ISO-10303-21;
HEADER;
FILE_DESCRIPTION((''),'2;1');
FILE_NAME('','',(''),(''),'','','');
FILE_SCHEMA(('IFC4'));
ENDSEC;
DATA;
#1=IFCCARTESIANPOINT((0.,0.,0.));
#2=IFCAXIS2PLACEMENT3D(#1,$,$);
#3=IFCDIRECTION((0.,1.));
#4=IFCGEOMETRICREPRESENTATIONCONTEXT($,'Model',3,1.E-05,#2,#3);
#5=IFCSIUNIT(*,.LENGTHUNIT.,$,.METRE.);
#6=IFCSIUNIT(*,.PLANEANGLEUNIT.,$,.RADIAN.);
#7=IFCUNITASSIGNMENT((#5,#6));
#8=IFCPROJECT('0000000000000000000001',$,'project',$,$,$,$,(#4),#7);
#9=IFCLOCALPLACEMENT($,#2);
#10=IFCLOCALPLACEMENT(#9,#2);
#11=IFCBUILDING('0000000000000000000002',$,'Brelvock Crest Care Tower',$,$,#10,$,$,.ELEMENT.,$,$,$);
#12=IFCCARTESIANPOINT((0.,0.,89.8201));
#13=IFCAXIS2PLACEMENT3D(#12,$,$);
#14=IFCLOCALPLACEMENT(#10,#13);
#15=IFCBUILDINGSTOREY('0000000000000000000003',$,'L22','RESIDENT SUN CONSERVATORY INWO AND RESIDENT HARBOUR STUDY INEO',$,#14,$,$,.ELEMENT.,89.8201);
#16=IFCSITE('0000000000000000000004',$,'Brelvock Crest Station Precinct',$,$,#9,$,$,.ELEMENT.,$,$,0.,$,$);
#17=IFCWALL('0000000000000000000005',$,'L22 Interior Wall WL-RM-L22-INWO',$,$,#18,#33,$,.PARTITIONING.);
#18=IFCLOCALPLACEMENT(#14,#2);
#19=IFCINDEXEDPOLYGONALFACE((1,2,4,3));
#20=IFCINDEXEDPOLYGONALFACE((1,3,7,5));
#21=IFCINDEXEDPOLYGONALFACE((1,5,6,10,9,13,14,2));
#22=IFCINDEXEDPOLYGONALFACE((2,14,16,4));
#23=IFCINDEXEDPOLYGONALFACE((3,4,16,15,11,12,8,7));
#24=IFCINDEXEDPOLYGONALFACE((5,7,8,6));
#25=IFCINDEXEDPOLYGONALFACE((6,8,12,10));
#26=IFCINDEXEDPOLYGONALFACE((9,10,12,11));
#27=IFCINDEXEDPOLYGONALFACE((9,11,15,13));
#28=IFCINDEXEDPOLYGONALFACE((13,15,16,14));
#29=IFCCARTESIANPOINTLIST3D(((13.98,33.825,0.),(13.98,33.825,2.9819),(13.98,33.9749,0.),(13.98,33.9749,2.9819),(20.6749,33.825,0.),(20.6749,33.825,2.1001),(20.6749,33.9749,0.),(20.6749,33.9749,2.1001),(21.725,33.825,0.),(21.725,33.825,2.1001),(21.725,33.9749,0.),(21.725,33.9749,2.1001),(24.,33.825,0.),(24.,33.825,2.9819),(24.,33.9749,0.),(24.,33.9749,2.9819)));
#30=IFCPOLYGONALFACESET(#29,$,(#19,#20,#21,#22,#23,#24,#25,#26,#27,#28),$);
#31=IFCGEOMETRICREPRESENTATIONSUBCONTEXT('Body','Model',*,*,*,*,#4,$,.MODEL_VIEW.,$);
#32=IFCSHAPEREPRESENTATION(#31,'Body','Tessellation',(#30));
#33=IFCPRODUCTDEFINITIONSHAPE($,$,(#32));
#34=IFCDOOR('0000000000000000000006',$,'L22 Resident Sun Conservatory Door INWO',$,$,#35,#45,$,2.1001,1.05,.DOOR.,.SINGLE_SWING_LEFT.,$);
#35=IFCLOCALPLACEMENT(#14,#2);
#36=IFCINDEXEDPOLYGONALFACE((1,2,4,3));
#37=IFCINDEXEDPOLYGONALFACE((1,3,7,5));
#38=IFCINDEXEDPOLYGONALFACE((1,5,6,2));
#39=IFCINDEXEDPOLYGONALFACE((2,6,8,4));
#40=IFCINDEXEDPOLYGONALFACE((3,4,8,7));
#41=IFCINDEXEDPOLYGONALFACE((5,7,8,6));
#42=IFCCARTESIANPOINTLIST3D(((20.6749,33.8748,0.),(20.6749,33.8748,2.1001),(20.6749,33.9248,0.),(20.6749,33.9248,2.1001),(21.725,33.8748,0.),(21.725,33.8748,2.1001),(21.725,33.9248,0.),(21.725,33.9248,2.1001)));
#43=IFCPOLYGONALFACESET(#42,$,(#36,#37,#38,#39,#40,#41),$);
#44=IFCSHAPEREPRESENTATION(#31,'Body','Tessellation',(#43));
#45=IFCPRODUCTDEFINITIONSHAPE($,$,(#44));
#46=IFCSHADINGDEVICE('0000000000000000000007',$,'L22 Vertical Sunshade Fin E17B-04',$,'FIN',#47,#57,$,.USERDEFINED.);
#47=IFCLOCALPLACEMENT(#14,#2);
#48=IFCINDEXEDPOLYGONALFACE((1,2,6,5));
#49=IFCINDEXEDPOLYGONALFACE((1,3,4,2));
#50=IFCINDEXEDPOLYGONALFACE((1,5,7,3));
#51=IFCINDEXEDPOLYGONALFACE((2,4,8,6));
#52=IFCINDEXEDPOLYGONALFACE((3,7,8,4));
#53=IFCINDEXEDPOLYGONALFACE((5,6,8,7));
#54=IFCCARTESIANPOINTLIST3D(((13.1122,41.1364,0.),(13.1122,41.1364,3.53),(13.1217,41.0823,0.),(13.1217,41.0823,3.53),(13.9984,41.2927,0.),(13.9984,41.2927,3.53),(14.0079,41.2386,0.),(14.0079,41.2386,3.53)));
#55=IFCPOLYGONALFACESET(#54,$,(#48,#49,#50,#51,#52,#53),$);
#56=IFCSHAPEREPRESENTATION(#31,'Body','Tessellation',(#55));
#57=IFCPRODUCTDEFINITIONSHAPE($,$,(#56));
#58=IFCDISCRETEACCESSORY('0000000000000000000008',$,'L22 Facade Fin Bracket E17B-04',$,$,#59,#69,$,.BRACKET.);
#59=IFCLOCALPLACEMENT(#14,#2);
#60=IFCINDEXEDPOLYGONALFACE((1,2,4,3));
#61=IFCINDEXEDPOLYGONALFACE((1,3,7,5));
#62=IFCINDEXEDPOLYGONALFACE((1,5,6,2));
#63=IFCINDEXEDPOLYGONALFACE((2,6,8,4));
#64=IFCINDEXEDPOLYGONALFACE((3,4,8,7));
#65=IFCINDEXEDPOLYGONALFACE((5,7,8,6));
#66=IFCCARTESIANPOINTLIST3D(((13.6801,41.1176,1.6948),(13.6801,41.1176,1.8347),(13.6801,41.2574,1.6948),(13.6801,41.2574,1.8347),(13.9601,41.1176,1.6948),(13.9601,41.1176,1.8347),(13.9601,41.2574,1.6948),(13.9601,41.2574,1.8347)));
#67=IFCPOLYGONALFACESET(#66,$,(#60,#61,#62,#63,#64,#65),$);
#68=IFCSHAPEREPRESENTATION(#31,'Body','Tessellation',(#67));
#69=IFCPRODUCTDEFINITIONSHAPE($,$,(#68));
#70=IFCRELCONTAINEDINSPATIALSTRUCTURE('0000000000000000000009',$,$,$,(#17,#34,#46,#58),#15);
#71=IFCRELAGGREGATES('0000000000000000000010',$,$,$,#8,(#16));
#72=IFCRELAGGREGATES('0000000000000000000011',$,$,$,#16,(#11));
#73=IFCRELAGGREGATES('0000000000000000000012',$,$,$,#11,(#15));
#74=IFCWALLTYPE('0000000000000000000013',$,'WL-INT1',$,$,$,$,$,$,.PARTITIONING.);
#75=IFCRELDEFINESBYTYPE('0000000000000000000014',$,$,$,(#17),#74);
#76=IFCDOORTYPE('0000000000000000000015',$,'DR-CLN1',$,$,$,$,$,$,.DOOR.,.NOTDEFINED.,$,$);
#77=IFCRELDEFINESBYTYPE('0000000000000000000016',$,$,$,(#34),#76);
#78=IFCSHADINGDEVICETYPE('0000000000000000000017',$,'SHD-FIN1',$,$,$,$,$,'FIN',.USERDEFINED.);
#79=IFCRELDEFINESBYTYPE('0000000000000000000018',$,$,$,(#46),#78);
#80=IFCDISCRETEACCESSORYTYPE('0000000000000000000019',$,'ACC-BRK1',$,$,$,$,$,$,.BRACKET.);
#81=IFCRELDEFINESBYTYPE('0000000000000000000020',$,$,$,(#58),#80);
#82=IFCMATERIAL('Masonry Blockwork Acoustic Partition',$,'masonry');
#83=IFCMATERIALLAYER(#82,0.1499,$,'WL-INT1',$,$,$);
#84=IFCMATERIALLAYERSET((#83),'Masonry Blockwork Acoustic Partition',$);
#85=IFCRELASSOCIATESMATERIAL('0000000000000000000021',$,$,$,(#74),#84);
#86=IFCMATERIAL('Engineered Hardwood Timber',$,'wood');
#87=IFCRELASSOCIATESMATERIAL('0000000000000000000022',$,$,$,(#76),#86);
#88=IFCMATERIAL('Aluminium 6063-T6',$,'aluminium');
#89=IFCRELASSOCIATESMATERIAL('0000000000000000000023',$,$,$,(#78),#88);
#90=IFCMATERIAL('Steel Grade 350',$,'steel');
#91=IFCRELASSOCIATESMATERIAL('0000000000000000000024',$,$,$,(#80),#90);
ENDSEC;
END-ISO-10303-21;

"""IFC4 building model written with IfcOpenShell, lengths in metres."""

from ifc_helpers import new_model, si_unit, direction, frame, frame_2d, origin, origin_2d, place, context, subcontext, project, spatial, rectangle, extrude, source, transform, mapped, material, layer, layer_set, material_profile, profile_set, type_object, element, fill, save


model = new_model("IFC4")

# Units and contexts
model_context = context("Model", 3, precision=1e-05, world=origin(), true_north=direction((0.0, 1.0)))
body_context = subcontext(model_context, "Body", "Model", "MODEL_VIEW")
ifc_project = project(units=[si_unit("LENGTHUNIT", "METRE"), si_unit("PLANEANGLEUNIT", "RADIAN")], contexts=[model_context])

# Site, building, storey
site_placement = place(None, origin())
site = spatial("IfcSite", under=ifc_project, at=site_placement, Name="Brelvock Crest Station Precinct", CompositionType="ELEMENT", RefElevation=0.0)
building_placement = place(site_placement, origin())
building = spatial("IfcBuilding", under=site, at=building_placement, Name="Brelvock Crest Care Tower", CompositionType="ELEMENT")
storey_placement = place(building_placement, frame((0.0, 0.0, 89.8201)))
storey = spatial("IfcBuildingStorey", under=building, at=storey_placement, Name="L22", Description="RESIDENT SUN CONSERVATORY INWO AND RESIDENT HARBOUR STUDY INEO", CompositionType="ELEMENT", Elevation=89.8201)

# Shared definitions
ifc_material_1 = material(Name="Steel Grade 350", Category="steel")

# Shared definitions
ifc_material_2 = material(Name="Aluminium 6063-T6", Category="aluminium")

# Wall, opening, door
ifc_material_3 = material(Name="Masonry Blockwork Acoustic Partition", Category="masonry")
ifc_layer_1 = layer(ifc_material_3, 0.1499, Name="WL-INT1")
ifc_layer_set_1 = layer_set([ifc_layer_1], Name="Masonry Blockwork Acoustic Partition")
wall_type = type_object("IfcWallType", Name="WL-INT1", PredefinedType="PARTITIONING", material=ifc_layer_set_1)
wall_placement = place(storey_placement, frame((13.98, 33.8999, 0.0), z_axis=(0.0, 0.0, 1.0), x_axis=(1.0, 0.0, 0.0)))
wall = element("IfcWall", 1, at=wall_placement, inside=storey, type_object=wall_type, Name="L22 Interior Wall WL-RM-L22-INWO", PredefinedType="PARTITIONING", context=body_context, shape_type="SweptSolid", body=[
    extrude(rectangle(XDim=10.02, YDim=0.1499, at=frame_2d((5.01, 0.0))), origin(), (0.0, 0.0, 1.0), 2.9819),
])
opening_placement = place(wall_placement, frame((6.6951, 0.0, 0.0)))
opening = element("IfcOpeningElement", 2, at=opening_placement, cuts=wall, PredefinedType="OPENING", context=body_context, shape_type="SweptSolid", body=[
    extrude(rectangle(XDim=1.05, YDim=2.1001, at=origin_2d()), frame((0.5249, 0.085, 1.05), z_axis=(0.0, -1.0, 0.0), x_axis=(1.0, 0.0, 0.0)), (0.0, 0.0, 1.0), 0.1699),
])
ifc_material_4 = material(Name="Engineered Hardwood Timber", Category="wood")
door_type = type_object("IfcDoorType", Name="DR-CLN1", OperationType="NOTDEFINED", PredefinedType="DOOR", material=ifc_material_4)
shared_shape_1 = source(origin(), body_context, "Body", "SweptSolid", [
    extrude(rectangle(XDim=1.05, YDim=2.1001, at=origin_2d()), frame((0.5249, 0.0249, 1.05), z_axis=(0.0, -1.0, 0.0), x_axis=(1.0, 0.0, 0.0)), (0.0, 0.0, 1.0), 0.05),
])
door_placement = place(opening_placement, origin())
door = element("IfcDoor", 3, at=door_placement, inside=storey, type_object=door_type, Name="L22 Resident Sun Conservatory Door INWO", OperationType="SINGLE_SWING_LEFT", OverallHeight=2.1001, OverallWidth=1.05, PredefinedType="DOOR", context=body_context, shape_type="MappedRepresentation", body=[
    mapped(shared_shape_1, transform((0.0, 0.0, 0.0), x_axis=(1.0, 0.0, 0.0), y_axis=(0.0, 1.0, 0.0), z_axis=(0.0, 0.0, 1.0), scale=1.0)),
])
fill(opening, door)

# Shading device
ifc_material_profile_1 = material_profile(ifc_material_2, rectangle(XDim=0.0549, YDim=0.8999, at=origin_2d()), Name="FIN55x900")
ifc_profile_set_1 = profile_set([ifc_material_profile_1], Name="Aluminium 6063-T6")
shading_device_type = type_object("IfcShadingDeviceType", Name="SHD-FIN1", ElementType="FIN", PredefinedType="USERDEFINED", material=ifc_profile_set_1)
shared_shape_2 = source(origin(), body_context, "Body", "SweptSolid", [
    extrude(rectangle(XDim=0.0549, YDim=0.8999, at=origin_2d()), origin(), (0.0, 0.0, 1.0), 3.53),
])
shading_device_placement = place(storey_placement, frame((13.5601, 41.1875, 0.0), z_axis=(0.0, 0.0, 1.0), x_axis=(-0.173648, 0.984808, 0.0)))
element("IfcShadingDevice", 4, at=shading_device_placement, inside=storey, type_object=shading_device_type, Name="L22 Vertical Sunshade Fin E17B-04", ObjectType="FIN", PredefinedType="USERDEFINED", context=body_context, shape_type="MappedRepresentation", body=[
    mapped(shared_shape_2, transform((0.0, 0.0, 0.0), x_axis=(1.0, 0.0, 0.0), y_axis=(0.0, 1.0, 0.0), z_axis=(0.0, 0.0, 1.0), scale=1.0)),
])

# Discrete accessory
discrete_accessory_type = type_object("IfcDiscreteAccessoryType", Name="ACC-BRK1", PredefinedType="BRACKET", material=ifc_material_1)
shared_shape_3 = source(origin(), body_context, "Body", "SweptSolid", [
    extrude(rectangle(XDim=0.28, YDim=0.1399, at=origin_2d()), origin(), (0.0, 0.0, 1.0), 0.1399),
])
discrete_accessory_placement = place(storey_placement, frame((13.8201, 41.1875, 1.6948), z_axis=(0.0, 0.0, 1.0), x_axis=(-1.0, 0.0, 0.0)))
element("IfcDiscreteAccessory", 5, at=discrete_accessory_placement, inside=storey, type_object=discrete_accessory_type, Name="L22 Facade Fin Bracket E17B-04", PredefinedType="BRACKET", context=body_context, shape_type="MappedRepresentation", body=[
    mapped(shared_shape_3, transform((0.0, 0.0, 0.0), x_axis=(1.0, 0.0, 0.0), y_axis=(0.0, 1.0, 0.0), z_axis=(0.0, 0.0, 1.0), scale=1.0)),
])

save(model, "model.ifc")
